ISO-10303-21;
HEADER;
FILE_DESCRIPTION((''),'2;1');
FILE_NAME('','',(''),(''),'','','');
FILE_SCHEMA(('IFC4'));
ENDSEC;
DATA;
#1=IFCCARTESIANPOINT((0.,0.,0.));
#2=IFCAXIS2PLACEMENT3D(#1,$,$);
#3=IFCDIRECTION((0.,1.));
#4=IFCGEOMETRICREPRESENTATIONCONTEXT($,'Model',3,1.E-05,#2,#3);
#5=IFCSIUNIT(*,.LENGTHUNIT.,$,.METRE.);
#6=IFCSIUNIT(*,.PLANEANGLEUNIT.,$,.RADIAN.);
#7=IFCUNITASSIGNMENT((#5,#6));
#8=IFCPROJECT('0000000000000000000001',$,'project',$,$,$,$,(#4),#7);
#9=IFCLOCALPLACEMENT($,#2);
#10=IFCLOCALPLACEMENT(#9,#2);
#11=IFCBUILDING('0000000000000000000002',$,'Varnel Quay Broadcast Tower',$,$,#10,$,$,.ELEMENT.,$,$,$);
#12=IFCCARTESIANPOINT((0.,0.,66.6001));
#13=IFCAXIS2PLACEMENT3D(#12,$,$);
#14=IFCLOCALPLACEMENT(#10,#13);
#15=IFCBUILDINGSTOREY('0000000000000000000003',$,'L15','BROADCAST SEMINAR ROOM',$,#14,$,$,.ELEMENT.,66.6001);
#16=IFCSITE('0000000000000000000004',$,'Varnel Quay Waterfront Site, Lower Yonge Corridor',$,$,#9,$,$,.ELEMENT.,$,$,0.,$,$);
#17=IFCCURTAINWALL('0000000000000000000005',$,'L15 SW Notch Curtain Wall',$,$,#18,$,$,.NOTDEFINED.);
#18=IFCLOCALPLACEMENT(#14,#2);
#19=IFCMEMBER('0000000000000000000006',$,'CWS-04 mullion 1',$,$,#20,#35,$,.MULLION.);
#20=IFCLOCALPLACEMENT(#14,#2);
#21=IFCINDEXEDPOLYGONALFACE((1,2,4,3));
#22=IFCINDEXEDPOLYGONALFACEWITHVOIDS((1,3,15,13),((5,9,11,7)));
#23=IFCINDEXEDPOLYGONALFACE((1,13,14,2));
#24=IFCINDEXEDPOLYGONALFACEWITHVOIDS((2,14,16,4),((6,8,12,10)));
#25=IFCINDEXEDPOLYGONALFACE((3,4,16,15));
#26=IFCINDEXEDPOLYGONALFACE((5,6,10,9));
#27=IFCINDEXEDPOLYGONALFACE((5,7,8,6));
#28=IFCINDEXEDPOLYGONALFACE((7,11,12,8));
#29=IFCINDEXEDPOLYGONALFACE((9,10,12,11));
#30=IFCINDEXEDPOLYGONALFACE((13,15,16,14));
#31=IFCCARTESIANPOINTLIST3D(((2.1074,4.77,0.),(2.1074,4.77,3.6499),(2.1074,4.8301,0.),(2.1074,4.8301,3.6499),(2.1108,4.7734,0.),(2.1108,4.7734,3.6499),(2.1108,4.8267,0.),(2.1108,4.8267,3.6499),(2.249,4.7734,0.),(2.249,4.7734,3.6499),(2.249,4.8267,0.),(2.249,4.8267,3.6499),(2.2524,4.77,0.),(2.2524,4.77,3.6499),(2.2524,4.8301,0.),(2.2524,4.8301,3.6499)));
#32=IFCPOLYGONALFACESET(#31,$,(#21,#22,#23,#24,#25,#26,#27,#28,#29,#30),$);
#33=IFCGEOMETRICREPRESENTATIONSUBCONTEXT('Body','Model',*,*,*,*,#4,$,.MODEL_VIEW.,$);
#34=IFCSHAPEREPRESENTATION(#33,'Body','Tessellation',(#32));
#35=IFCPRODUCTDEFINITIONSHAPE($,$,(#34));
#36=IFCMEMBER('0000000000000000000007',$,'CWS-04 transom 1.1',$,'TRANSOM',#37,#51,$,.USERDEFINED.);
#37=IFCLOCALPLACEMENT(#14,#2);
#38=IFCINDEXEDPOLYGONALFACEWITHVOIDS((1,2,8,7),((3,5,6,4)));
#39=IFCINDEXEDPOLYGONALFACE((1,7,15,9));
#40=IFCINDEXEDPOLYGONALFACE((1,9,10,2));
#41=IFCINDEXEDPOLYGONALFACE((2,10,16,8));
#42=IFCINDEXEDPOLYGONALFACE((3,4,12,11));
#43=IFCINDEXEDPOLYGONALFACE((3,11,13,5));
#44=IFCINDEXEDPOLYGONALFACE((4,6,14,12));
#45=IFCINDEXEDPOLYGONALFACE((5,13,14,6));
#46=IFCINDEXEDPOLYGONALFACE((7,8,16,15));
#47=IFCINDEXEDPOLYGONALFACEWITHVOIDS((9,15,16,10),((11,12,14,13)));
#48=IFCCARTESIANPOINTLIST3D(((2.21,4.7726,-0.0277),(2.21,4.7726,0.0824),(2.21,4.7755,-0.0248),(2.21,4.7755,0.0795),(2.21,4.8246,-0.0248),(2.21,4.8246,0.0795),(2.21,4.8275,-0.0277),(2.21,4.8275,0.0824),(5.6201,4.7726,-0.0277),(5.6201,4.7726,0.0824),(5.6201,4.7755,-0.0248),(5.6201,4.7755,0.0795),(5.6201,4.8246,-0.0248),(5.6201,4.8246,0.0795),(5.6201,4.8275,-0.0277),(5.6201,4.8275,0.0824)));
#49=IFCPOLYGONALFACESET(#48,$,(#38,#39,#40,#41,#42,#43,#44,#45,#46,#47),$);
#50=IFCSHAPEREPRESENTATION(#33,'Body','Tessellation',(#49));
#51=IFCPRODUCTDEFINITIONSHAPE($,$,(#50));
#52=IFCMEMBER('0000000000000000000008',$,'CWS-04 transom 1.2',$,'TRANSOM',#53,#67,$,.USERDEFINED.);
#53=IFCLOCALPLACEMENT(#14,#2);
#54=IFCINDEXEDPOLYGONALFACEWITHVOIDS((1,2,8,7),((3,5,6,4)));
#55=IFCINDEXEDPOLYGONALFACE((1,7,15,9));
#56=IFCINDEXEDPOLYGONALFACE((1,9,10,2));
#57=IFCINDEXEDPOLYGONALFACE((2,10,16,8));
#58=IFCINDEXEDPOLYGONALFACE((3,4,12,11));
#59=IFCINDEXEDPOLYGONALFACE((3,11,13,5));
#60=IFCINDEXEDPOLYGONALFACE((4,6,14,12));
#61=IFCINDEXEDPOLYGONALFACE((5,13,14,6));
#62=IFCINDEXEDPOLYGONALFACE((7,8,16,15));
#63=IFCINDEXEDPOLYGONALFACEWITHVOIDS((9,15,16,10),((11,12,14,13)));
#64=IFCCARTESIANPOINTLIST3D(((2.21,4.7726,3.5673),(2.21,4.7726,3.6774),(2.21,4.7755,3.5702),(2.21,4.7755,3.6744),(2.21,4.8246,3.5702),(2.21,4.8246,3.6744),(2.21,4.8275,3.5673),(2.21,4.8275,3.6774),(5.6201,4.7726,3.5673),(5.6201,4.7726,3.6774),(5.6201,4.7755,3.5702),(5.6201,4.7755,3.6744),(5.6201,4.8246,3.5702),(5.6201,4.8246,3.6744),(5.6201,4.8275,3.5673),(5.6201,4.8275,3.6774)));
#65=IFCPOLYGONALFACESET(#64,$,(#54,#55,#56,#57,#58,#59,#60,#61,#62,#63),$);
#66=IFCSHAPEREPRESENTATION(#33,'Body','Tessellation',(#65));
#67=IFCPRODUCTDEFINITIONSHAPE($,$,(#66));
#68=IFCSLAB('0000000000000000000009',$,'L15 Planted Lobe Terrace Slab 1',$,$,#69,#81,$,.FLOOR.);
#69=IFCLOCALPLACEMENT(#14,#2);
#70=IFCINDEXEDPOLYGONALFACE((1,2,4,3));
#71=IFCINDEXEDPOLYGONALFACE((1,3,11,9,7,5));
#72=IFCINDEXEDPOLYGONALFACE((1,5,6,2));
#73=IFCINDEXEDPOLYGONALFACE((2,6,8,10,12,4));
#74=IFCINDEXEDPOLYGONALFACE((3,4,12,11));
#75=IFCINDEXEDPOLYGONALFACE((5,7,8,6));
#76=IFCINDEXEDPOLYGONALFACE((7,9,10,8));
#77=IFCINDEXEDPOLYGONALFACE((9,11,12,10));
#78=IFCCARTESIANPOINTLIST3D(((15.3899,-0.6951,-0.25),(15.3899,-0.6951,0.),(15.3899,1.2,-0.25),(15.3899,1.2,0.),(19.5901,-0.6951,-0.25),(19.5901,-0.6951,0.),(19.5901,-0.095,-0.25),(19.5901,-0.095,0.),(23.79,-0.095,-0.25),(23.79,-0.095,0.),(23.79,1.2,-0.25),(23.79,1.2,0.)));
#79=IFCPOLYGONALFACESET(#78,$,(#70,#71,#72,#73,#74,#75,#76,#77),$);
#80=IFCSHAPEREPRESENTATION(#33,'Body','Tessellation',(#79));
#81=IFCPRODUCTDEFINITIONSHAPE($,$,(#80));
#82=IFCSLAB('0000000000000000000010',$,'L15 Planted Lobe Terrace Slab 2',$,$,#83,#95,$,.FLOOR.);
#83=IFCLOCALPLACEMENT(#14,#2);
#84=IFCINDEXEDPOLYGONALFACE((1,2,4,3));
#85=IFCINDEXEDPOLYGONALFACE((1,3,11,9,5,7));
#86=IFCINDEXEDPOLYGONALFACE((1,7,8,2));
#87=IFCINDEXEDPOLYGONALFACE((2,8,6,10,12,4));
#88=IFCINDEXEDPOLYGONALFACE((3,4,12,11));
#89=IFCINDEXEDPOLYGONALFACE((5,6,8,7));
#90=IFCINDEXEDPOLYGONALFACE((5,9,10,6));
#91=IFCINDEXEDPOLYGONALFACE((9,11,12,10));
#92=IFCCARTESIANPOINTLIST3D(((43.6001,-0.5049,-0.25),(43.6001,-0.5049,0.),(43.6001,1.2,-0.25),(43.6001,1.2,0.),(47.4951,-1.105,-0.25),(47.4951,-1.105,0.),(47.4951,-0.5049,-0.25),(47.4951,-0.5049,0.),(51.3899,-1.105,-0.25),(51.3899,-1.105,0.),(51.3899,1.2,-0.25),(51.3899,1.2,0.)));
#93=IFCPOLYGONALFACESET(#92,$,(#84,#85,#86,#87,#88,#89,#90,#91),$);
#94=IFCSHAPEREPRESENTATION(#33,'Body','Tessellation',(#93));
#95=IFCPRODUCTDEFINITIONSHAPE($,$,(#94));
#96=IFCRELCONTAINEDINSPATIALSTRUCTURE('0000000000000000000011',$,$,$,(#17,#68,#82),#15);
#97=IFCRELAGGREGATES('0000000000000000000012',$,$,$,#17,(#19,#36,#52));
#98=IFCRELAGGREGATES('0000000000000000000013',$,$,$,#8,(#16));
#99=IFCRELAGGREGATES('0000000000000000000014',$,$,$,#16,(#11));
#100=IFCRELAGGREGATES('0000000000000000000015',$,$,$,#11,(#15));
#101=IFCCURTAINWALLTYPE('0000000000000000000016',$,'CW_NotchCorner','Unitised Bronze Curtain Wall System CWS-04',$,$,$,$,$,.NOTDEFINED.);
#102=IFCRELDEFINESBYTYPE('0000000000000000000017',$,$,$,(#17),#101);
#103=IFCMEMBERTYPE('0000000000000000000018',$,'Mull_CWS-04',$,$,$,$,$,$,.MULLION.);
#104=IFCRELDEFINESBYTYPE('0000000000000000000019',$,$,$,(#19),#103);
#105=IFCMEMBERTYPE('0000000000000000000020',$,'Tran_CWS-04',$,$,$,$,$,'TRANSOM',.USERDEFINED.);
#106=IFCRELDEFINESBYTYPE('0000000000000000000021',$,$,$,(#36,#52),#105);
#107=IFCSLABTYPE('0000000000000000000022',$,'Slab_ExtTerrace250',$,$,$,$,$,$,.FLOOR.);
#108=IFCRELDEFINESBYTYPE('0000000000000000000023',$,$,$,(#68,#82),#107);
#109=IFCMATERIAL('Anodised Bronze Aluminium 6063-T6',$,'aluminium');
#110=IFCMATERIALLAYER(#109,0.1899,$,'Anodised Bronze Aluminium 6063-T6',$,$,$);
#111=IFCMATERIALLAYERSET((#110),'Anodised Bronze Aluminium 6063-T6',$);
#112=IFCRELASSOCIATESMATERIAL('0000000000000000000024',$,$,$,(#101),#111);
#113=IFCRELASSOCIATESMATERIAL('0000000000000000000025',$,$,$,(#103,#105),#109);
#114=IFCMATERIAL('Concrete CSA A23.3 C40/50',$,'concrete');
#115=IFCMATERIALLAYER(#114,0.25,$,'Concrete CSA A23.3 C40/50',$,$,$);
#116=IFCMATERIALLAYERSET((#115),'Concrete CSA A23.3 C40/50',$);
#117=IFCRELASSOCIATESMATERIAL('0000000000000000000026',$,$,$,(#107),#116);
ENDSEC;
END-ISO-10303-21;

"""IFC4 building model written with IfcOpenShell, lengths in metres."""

from ifc_helpers import new_model, si_unit, direction, frame, origin, origin_2d, place, context, subcontext, project, spatial, polyline, hollow_rectangle, outline, extrude, source, transform, mapped, material, layer, layer_set, material_profile, profile_set, type_object, type_shapes, element, aggregate, save


model = new_model("IFC4")

# Units and contexts
model_context = context("Model", 3, precision=1e-05, world=origin(), true_north=direction((0.0, 1.0)))
body_context = subcontext(model_context, "Body", "Model", "MODEL_VIEW")
ifc_project = project(units=[si_unit("LENGTHUNIT", "METRE"), si_unit("PLANEANGLEUNIT", "RADIAN")], contexts=[model_context])

# Site, building, storey
site_placement = place(None, origin())
site = spatial("IfcSite", under=ifc_project, at=site_placement, Name="Varnel Quay Waterfront Site, Lower Yonge Corridor", CompositionType="ELEMENT", RefElevation=0.0)
building_placement = place(site_placement, origin())
building = spatial("IfcBuilding", under=site, at=building_placement, Name="Varnel Quay Broadcast Tower", CompositionType="ELEMENT")
storey_placement = place(building_placement, frame((0.0, 0.0, 66.6001)))
storey = spatial("IfcBuildingStorey", under=building, at=storey_placement, Name="L15", Description="BROADCAST SEMINAR ROOM", CompositionType="ELEMENT", Elevation=66.6001)

# Shared definitions
ifc_material_1 = material(Name="Anodised Bronze Aluminium 6063-T6", Category="aluminium")

# Curtain wall, members
ifc_layer_1 = layer(ifc_material_1, 0.1899, Name="Anodised Bronze Aluminium 6063-T6")
ifc_layer_set_1 = layer_set([ifc_layer_1], Name="Anodised Bronze Aluminium 6063-T6")
curtain_wall_type_1 = type_object("IfcCurtainWallType", Name="CW_NotchCorner", Description="Unitised Bronze Curtain Wall System CWS-04", PredefinedType="NOTDEFINED", material=ifc_layer_set_1)
curtain_wall_1_placement = place(storey_placement, origin())
curtain_wall_1 = element("IfcCurtainWall", 1, at=curtain_wall_1_placement, inside=storey, type_object=curtain_wall_type_1, Name="L15 SW Notch Curtain Wall", PredefinedType="NOTDEFINED")
ifc_material_profile_1 = material_profile(ifc_material_1, hollow_rectangle(XDim=0.0601, YDim=0.145, WallThickness=0.0034, at=origin_2d()), Name="ALU60X145X3.5")
ifc_profile_set_1 = profile_set([ifc_material_profile_1], Name="Anodised Bronze Aluminium 6063-T6")
member_type_1 = type_object("IfcMemberType", Name="Mull_CWS-04", PredefinedType="MULLION", material=ifc_profile_set_1)
shared_shape_1 = source(origin(), body_context, "Body", "SweptSolid", [
    extrude(hollow_rectangle(XDim=0.0601, YDim=0.145, WallThickness=0.0034, at=origin_2d()), origin(), (0.0, 0.0, 1.0), 3.6499),
])
type_shapes(member_type_1, [shared_shape_1])
member_1_placement = place(storey_placement, frame((2.1799, 4.8, 0.0), z_axis=(0.0, 0.0, 1.0), x_axis=(0.0, 1.0, 0.0)))
member_1 = element("IfcMember", 2, at=member_1_placement, type_object=member_type_1, Name="CWS-04 mullion 1", PredefinedType="MULLION", context=body_context, shape_type="MappedRepresentation", body=[
    mapped(shared_shape_1, transform((0.0, 0.0, 0.0), x_axis=(1.0, 0.0, 0.0), y_axis=(0.0, 1.0, 0.0), z_axis=(0.0, 0.0, 1.0), scale=1.0)),
])
ifc_material_profile_2 = material_profile(ifc_material_1, hollow_rectangle(XDim=0.0549, YDim=0.1101, WallThickness=0.0029, at=origin_2d()), Name="ALU55X110X3")
ifc_profile_set_2 = profile_set([ifc_material_profile_2], Name="Anodised Bronze Aluminium 6063-T6")
member_type_2 = type_object("IfcMemberType", Name="Tran_CWS-04", ElementType="TRANSOM", PredefinedType="USERDEFINED", material=ifc_profile_set_2)
shared_shape_2 = source(origin(), body_context, "Body", "SweptSolid", [
    extrude(hollow_rectangle(XDim=0.0549, YDim=0.1101, WallThickness=0.0029, at=origin_2d()), origin(), (0.0, 0.0, 1.0), 3.4102),
])
type_shapes(member_type_2, [shared_shape_2])
member_2_placement = place(storey_placement, frame((2.21, 4.8, 0.0273), z_axis=(1.0, 0.0, 0.0), x_axis=(0.0, 1.0, 0.0)))
member_2 = element("IfcMember", 3, at=member_2_placement, type_object=member_type_2, Name="CWS-04 transom 1.1", ObjectType="TRANSOM", PredefinedType="USERDEFINED", context=body_context, shape_type="MappedRepresentation", body=[
    mapped(shared_shape_2, transform((0.0, 0.0, 0.0), x_axis=(1.0, 0.0, 0.0), y_axis=(0.0, 1.0, 0.0), z_axis=(0.0, 0.0, 1.0), scale=1.0)),
])
member_3_placement = place(storey_placement, frame((2.21, 4.8, 3.6223), z_axis=(1.0, 0.0, 0.0), x_axis=(0.0, 1.0, 0.0)))
member_3 = element("IfcMember", 4, at=member_3_placement, type_object=member_type_2, Name="CWS-04 transom 1.2", ObjectType="TRANSOM", PredefinedType="USERDEFINED", context=body_context, shape_type="MappedRepresentation", body=[
    mapped(shared_shape_2, transform((0.0, 0.0, 0.0), x_axis=(1.0, 0.0, 0.0), y_axis=(0.0, 1.0, 0.0), z_axis=(0.0, 0.0, 1.0), scale=1.0)),
])

# Slabs
ifc_material_2 = material(Name="Concrete CSA A23.3 C40/50", Category="concrete")
ifc_layer_2 = layer(ifc_material_2, 0.25, Name="Concrete CSA A23.3 C40/50")
ifc_layer_set_2 = layer_set([ifc_layer_2], Name="Concrete CSA A23.3 C40/50")
slab_type_1 = type_object("IfcSlabType", Name="Slab_ExtTerrace250", PredefinedType="FLOOR", material=ifc_layer_set_2)
slab_1_placement = place(storey_placement, frame((0.0, 0.0, -0.25)))
element("IfcSlab", 5, at=slab_1_placement, inside=storey, type_object=slab_type_1, Name="L15 Planted Lobe Terrace Slab 1", PredefinedType="FLOOR", context=body_context, shape_type="SweptSolid", body=[
    extrude(outline(polyline([(15.3899, -0.6951), (19.5901, -0.6951), (19.5901, -0.095), (23.79, -0.095), (23.79, 1.2), (15.3899, 1.2), (15.3899, -0.6951)])), origin(), (0.0, 0.0, 1.0), 0.25),
])
slab_2_placement = place(storey_placement, frame((0.0, 0.0, -0.25)))
element("IfcSlab", 6, at=slab_2_placement, inside=storey, type_object=slab_type_1, Name="L15 Planted Lobe Terrace Slab 2", PredefinedType="FLOOR", context=body_context, shape_type="SweptSolid", body=[
    extrude(outline(polyline([(43.6001, -0.5049), (47.4951, -0.5049), (47.4951, -1.105), (51.3899, -1.105), (51.3899, 1.2), (43.6001, 1.2), (43.6001, -0.5049)])), origin(), (0.0, 0.0, 1.0), 0.25),
])

aggregate(curtain_wall_1, [member_1, member_2, member_3])

save(model, "model.ifc")
